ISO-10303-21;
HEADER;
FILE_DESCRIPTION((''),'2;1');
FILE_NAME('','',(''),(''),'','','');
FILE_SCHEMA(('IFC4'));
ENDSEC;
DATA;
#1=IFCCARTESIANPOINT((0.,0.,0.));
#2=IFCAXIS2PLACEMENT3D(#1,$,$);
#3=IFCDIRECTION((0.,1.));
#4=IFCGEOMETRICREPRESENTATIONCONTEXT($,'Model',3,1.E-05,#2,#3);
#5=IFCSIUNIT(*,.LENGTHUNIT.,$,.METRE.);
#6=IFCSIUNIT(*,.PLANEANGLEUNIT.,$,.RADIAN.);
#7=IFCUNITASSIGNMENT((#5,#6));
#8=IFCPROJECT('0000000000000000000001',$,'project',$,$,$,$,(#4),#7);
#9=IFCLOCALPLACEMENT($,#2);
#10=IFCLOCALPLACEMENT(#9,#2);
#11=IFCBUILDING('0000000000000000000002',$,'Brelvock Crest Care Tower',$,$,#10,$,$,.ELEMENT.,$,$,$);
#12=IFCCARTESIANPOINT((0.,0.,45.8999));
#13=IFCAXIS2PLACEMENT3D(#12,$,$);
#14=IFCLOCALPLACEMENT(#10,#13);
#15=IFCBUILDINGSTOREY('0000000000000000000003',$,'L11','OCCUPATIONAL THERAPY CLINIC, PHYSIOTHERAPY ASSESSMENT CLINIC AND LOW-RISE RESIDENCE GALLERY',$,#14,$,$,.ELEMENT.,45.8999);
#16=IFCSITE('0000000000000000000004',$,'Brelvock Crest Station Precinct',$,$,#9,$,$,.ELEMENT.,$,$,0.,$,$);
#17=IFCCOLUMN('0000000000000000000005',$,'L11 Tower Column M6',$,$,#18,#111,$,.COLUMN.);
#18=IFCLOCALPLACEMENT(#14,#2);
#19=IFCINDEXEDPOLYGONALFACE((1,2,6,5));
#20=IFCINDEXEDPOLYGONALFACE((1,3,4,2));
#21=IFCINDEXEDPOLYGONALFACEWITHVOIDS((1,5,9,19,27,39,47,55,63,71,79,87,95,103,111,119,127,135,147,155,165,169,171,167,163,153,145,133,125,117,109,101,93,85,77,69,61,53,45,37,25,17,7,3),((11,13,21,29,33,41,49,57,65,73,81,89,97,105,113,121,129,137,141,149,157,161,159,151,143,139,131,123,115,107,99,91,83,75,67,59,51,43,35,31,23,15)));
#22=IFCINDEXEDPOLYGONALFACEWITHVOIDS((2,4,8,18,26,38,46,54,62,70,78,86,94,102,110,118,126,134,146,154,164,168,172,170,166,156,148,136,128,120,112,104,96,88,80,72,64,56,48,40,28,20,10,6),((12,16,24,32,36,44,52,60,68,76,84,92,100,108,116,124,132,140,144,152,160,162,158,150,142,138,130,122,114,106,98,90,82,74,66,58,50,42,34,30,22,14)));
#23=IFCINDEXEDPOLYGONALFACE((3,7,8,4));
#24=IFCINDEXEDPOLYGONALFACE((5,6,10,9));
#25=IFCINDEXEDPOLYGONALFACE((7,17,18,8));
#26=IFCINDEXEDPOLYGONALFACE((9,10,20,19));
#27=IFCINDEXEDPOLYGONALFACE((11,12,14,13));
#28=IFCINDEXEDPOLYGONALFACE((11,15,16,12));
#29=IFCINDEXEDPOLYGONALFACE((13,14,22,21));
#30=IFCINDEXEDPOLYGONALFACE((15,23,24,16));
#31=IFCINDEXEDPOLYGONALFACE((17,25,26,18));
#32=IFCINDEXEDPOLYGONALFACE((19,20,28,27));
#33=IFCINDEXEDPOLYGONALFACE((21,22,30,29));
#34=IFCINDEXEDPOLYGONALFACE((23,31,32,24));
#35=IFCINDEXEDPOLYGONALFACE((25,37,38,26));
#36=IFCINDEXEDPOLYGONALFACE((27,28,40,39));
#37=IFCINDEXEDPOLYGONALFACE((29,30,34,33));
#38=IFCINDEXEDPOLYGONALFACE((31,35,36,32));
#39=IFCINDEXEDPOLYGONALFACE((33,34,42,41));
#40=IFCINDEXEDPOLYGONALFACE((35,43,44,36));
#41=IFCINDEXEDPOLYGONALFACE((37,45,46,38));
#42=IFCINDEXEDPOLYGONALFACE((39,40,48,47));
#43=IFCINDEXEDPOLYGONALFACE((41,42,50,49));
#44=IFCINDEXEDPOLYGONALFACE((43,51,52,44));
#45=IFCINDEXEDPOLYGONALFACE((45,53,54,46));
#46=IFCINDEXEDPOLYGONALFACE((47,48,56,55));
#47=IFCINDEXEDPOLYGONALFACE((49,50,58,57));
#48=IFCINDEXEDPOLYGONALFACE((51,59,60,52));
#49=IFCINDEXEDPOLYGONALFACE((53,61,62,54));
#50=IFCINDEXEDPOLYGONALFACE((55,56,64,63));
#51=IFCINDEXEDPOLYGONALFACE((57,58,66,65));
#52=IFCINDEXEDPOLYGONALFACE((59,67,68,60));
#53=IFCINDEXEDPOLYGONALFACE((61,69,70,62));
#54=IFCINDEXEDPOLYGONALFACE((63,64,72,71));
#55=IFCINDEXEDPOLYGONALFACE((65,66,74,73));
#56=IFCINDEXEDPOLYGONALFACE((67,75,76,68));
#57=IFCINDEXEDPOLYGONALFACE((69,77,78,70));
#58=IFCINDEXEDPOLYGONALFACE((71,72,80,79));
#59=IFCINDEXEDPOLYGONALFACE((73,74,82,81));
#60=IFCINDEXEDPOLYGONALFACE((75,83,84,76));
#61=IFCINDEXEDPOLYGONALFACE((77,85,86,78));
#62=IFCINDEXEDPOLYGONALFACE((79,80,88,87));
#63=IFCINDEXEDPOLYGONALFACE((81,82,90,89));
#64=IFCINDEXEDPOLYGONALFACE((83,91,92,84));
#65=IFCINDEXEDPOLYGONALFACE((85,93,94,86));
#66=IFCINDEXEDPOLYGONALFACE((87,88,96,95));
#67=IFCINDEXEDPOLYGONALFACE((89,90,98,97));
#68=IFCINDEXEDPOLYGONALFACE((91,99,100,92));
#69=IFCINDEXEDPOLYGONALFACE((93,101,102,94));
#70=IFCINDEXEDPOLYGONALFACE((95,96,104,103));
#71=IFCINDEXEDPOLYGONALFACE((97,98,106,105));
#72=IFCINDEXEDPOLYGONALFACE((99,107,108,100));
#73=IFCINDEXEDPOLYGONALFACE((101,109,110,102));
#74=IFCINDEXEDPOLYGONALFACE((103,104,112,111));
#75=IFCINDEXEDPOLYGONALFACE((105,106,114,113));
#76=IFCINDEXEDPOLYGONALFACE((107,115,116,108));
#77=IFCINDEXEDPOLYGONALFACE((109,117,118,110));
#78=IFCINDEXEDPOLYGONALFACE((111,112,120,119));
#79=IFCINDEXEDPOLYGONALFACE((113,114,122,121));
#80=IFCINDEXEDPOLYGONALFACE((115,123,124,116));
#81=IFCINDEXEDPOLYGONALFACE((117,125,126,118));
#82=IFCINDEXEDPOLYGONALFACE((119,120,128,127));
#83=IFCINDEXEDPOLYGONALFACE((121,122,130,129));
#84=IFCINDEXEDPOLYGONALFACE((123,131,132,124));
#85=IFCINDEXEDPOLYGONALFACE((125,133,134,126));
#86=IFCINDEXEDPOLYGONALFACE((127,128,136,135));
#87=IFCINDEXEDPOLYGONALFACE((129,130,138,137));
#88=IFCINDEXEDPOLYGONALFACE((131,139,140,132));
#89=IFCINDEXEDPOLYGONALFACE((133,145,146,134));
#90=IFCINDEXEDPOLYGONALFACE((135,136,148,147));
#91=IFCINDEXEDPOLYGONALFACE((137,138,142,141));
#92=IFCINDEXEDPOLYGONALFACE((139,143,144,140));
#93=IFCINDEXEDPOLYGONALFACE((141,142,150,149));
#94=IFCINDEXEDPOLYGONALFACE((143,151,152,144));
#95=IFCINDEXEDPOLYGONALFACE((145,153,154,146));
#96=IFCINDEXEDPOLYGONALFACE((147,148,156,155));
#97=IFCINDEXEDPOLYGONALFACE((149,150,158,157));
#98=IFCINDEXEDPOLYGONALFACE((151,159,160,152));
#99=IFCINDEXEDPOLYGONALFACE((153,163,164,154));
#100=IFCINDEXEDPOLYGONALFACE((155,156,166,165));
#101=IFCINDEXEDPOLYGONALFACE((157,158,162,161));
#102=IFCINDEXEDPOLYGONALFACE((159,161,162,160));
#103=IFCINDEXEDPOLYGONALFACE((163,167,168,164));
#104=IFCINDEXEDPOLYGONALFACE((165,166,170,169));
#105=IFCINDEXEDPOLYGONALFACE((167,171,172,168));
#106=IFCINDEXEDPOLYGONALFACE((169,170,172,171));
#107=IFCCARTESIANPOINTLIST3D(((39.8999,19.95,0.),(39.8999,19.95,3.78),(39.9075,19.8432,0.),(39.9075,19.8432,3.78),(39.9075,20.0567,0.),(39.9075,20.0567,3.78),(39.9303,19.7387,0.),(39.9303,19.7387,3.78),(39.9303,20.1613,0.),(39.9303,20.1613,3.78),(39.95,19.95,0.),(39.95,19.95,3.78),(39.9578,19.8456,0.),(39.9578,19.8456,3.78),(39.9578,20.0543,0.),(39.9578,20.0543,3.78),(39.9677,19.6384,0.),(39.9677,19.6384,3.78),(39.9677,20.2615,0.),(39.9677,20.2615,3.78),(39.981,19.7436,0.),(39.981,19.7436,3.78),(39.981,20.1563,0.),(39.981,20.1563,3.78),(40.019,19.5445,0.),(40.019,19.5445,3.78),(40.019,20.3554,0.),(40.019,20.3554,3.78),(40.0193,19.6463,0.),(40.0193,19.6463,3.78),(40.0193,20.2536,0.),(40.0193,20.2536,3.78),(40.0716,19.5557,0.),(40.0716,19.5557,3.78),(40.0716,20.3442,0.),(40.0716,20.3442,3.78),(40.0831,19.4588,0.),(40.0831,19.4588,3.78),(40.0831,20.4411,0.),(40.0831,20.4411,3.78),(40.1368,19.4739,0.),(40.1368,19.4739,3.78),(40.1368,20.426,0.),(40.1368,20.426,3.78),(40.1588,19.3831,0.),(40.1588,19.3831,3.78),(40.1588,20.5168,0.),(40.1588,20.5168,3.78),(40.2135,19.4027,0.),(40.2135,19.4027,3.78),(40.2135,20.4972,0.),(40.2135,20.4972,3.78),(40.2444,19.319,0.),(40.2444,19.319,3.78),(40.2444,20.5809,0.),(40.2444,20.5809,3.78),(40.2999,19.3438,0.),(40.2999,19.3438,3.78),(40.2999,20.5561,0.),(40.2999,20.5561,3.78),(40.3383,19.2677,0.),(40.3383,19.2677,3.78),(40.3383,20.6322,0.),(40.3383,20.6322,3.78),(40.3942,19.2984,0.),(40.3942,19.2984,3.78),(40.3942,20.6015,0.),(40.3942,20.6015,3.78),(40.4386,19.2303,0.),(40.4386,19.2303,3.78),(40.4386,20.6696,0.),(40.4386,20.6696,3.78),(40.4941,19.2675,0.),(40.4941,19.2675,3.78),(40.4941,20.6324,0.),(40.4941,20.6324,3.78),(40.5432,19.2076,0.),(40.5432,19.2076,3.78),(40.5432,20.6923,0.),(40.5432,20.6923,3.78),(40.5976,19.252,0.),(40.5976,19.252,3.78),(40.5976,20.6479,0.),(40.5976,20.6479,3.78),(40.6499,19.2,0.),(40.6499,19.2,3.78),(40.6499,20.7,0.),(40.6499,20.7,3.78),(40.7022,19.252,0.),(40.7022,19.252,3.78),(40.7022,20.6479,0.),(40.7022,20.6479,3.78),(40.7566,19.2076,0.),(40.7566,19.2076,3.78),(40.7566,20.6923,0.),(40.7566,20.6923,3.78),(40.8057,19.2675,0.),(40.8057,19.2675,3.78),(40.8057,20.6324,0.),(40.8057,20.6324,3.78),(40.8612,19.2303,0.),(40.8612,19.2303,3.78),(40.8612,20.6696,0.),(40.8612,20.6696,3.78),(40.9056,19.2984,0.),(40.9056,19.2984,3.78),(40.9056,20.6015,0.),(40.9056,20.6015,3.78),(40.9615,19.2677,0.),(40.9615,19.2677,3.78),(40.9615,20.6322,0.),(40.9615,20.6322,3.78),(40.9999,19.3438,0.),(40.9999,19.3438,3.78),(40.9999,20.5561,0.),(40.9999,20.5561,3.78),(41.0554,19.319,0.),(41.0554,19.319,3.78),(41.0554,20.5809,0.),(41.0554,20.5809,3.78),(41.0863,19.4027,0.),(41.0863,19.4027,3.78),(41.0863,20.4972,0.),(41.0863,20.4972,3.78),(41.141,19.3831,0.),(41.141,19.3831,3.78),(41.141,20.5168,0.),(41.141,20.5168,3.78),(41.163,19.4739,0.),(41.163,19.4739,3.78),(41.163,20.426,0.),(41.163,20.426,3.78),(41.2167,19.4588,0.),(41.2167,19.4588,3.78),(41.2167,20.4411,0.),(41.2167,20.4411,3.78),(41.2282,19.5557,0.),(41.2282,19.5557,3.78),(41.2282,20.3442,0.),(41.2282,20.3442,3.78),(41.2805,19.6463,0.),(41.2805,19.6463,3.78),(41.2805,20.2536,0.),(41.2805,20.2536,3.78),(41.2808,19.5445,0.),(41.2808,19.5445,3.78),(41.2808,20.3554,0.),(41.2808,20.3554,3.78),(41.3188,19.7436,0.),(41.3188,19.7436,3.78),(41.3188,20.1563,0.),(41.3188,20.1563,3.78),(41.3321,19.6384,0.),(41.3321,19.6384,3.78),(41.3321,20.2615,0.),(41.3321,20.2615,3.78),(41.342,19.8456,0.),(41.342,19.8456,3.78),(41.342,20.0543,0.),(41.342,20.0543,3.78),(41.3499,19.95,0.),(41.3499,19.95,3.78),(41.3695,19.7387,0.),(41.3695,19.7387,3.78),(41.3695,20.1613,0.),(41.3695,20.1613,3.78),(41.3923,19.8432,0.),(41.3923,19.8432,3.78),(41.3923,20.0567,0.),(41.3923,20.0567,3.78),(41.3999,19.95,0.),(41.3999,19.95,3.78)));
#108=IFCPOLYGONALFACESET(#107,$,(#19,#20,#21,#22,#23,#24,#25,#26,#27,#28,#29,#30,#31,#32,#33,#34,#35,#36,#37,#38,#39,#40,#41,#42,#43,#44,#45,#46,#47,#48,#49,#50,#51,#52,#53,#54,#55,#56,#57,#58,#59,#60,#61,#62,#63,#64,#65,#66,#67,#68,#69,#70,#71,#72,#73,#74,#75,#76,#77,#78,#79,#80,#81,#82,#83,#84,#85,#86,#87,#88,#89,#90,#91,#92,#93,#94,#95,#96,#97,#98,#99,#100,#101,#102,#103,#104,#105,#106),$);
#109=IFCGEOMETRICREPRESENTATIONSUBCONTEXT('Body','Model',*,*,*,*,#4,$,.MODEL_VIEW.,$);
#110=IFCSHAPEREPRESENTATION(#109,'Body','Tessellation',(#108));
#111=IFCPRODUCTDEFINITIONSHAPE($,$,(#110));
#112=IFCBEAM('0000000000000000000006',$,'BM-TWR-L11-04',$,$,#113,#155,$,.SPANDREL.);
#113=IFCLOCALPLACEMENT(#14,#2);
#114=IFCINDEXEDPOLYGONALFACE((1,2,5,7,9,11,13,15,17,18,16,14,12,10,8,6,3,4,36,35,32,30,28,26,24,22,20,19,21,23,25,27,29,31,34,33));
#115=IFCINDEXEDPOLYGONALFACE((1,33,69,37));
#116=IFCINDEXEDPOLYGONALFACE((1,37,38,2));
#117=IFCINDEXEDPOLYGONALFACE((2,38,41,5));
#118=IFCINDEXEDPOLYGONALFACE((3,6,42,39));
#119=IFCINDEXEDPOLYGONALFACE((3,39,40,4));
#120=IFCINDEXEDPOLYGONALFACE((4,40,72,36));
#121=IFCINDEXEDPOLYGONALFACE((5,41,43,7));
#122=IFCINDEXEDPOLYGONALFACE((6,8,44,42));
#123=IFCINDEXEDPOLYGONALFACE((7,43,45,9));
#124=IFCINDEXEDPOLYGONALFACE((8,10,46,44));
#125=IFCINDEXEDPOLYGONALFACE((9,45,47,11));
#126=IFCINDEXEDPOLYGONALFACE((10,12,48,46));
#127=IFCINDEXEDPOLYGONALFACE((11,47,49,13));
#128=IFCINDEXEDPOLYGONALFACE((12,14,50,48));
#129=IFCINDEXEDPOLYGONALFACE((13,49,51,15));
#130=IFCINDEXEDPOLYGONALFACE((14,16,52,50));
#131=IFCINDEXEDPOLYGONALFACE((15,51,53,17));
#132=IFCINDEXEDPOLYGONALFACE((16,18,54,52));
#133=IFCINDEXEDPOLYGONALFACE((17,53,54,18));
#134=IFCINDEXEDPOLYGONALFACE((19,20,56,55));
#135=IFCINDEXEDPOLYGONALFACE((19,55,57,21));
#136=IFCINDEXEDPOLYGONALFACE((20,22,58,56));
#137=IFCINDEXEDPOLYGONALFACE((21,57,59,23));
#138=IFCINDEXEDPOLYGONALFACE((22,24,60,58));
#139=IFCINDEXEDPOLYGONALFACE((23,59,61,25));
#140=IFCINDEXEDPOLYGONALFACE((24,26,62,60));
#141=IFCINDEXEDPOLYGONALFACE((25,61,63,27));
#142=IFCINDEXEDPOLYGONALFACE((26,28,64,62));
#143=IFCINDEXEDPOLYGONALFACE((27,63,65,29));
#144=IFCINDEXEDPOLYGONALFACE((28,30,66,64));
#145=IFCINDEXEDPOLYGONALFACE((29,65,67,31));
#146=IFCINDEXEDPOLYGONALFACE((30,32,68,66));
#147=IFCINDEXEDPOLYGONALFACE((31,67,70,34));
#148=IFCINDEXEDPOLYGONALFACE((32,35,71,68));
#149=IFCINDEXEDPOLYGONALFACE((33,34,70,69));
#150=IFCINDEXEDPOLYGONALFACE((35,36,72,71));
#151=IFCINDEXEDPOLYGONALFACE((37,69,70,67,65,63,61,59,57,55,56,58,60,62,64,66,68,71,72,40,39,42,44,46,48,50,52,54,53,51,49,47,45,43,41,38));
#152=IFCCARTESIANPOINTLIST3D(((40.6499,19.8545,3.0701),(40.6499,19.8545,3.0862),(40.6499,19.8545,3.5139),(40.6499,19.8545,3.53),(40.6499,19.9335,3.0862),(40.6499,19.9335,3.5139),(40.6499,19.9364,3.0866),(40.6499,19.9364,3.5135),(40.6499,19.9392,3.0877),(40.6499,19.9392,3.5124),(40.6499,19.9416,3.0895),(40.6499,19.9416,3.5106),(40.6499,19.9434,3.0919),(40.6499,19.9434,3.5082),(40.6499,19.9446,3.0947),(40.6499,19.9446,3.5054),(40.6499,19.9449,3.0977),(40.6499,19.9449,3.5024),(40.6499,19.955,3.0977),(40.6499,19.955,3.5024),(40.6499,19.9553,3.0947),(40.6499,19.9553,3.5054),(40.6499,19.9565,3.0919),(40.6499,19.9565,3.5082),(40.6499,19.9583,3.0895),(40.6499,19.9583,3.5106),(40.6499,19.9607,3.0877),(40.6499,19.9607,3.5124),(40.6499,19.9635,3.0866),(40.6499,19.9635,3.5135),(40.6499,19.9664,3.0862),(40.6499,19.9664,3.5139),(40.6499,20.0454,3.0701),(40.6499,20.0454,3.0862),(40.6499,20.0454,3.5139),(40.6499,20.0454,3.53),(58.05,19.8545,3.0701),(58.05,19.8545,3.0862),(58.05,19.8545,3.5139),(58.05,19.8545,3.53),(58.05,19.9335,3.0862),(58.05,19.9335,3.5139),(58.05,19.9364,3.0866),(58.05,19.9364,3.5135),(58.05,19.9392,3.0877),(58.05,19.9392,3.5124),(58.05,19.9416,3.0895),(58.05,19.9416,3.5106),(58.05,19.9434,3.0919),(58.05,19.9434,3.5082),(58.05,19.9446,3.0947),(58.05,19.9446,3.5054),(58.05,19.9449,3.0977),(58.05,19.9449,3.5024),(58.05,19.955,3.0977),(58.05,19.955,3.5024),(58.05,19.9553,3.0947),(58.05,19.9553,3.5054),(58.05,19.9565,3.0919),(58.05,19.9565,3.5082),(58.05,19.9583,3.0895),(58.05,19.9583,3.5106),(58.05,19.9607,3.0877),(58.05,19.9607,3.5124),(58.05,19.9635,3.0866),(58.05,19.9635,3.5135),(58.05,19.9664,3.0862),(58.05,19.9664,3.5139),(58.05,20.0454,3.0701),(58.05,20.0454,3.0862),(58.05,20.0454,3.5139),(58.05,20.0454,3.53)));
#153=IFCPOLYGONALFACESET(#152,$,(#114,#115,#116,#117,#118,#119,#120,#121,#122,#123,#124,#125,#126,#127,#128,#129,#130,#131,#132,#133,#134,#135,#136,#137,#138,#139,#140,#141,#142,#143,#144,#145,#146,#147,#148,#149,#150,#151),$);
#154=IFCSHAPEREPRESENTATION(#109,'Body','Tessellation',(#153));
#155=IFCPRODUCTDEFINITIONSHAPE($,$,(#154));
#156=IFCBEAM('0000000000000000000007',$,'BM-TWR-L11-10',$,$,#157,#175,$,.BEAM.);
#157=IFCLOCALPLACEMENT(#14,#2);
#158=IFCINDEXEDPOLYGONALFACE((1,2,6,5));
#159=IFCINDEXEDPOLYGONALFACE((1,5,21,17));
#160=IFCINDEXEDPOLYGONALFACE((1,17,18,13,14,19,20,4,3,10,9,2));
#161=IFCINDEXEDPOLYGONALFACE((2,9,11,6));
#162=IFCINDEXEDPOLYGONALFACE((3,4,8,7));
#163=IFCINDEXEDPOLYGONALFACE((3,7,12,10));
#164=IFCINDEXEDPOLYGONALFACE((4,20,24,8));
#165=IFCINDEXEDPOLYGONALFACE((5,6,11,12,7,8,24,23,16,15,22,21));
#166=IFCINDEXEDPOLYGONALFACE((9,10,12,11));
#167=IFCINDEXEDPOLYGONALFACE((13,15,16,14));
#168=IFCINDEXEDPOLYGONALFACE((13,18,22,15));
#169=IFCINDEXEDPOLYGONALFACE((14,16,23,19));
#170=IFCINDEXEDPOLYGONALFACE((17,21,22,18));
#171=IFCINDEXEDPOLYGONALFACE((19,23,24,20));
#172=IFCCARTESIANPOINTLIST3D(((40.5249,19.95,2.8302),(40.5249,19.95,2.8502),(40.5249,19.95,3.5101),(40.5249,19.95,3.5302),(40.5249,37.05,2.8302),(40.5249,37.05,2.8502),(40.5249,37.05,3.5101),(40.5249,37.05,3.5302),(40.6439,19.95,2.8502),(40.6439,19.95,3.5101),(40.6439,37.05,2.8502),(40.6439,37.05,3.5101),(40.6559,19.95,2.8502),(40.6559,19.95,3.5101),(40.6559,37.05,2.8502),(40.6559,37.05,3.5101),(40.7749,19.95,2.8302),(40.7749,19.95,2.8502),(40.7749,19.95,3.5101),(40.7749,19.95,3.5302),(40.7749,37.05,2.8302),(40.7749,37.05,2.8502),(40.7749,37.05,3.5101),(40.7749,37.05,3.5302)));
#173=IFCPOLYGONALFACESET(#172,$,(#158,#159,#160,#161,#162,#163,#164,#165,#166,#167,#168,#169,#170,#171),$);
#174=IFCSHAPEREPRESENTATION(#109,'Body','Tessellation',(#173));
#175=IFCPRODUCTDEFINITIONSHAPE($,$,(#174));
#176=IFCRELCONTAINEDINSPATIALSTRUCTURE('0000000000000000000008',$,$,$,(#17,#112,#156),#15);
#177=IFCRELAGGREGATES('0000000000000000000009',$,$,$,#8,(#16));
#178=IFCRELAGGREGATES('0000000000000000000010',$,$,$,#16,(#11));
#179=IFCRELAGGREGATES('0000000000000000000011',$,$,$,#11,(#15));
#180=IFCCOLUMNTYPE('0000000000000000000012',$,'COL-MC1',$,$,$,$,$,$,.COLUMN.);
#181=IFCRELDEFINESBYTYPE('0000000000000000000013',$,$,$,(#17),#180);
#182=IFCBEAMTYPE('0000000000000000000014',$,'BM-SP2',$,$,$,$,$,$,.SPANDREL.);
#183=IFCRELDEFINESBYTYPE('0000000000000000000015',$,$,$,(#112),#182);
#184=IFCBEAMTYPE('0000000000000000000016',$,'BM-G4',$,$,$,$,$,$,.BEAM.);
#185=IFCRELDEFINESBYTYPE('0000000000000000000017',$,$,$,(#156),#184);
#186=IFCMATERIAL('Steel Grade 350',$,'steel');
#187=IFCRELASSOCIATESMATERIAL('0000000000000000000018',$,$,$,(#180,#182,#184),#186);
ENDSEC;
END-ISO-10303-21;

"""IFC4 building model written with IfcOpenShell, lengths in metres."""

from ifc_helpers import new_model, si_unit, direction, frame, origin, origin_2d, place, context, subcontext, project, spatial, hollow_circle, i_section, extrude, source, transform, mapped, material, material_profile, profile_set, type_object, element, save


model = new_model("IFC4")

# Units and contexts
model_context = context("Model", 3, precision=1e-05, world=origin(), true_north=direction((0.0, 1.0)))
body_context = subcontext(model_context, "Body", "Model", "MODEL_VIEW")
ifc_project = project(units=[si_unit("LENGTHUNIT", "METRE"), si_unit("PLANEANGLEUNIT", "RADIAN")], contexts=[model_context])

# Site, building, storey
site_placement = place(None, origin())
site = spatial("IfcSite", under=ifc_project, at=site_placement, Name="Brelvock Crest Station Precinct", CompositionType="ELEMENT", RefElevation=0.0)
building_placement = place(site_placement, origin())
building = spatial("IfcBuilding", under=site, at=building_placement, Name="Brelvock Crest Care Tower", CompositionType="ELEMENT")
storey_placement = place(building_placement, frame((0.0, 0.0, 45.8999)))
storey = spatial("IfcBuildingStorey", under=building, at=storey_placement, Name="L11", Description="OCCUPATIONAL THERAPY CLINIC, PHYSIOTHERAPY ASSESSMENT CLINIC AND LOW-RISE RESIDENCE GALLERY", CompositionType="ELEMENT", Elevation=45.8999)

# Column
ifc_material_1 = material(Name="Steel Grade 350", Category="steel")
ifc_material_profile_1 = material_profile(ifc_material_1, hollow_circle(Radius=0.75, WallThickness=0.05, at=origin_2d()), Name="CFT1500x50")
ifc_profile_set_1 = profile_set([ifc_material_profile_1], Name="Steel Grade 350")
column_type = type_object("IfcColumnType", Name="COL-MC1", PredefinedType="COLUMN", material=ifc_profile_set_1)
shared_shape_1 = source(origin(), body_context, "Body", "SweptSolid", [
    extrude(hollow_circle(Radius=0.75, WallThickness=0.05, at=origin_2d()), origin(), (0.0, 0.0, 1.0), 3.78),
])
column_placement = place(storey_placement, frame((40.6499, 19.95, 0.0), z_axis=(0.0, 0.0, 1.0), x_axis=(1.0, 0.0, 0.0)))
element("IfcColumn", 1, at=column_placement, inside=storey, type_object=column_type, Name="L11 Tower Column M6", PredefinedType="COLUMN", context=body_context, shape_type="MappedRepresentation", body=[
    mapped(shared_shape_1, transform((0.0, 0.0, 0.0), x_axis=(1.0, 0.0, 0.0), y_axis=(0.0, 1.0, 0.0), z_axis=(0.0, 0.0, 1.0), scale=1.0)),
])

# Beams
ifc_material_profile_2 = material_profile(ifc_material_1, i_section(OverallWidth=0.1909, OverallDepth=0.46, WebThickness=0.01, FlangeThickness=0.0161, FilletRadius=0.0115, at=origin_2d()), Name="460UB82.1")
ifc_profile_set_2 = profile_set([ifc_material_profile_2], Name="Steel Grade 350")
beam_type_1 = type_object("IfcBeamType", Name="BM-SP2", PredefinedType="SPANDREL", material=ifc_profile_set_2)
shared_shape_2 = source(origin(), body_context, "Body", "SweptSolid", [
    extrude(i_section(OverallWidth=0.1909, OverallDepth=0.46, WebThickness=0.01, FlangeThickness=0.0161, FilletRadius=0.0115, at=origin_2d()), origin(), (0.0, 0.0, 1.0), 17.4001),
])
beam_1_placement = place(storey_placement, frame((40.6499, 19.95, 3.3), z_axis=(1.0, 0.0, 0.0), x_axis=(0.0, 1.0, 0.0)))
element("IfcBeam", 2, at=beam_1_placement, inside=storey, type_object=beam_type_1, Name="BM-TWR-L11-04", PredefinedType="SPANDREL", context=body_context, shape_type="MappedRepresentation", body=[
    mapped(shared_shape_2, transform((0.0, 0.0, 0.0), x_axis=(1.0, 0.0, 0.0), y_axis=(0.0, 1.0, 0.0), z_axis=(0.0, 0.0, 1.0), scale=1.0)),
])
ifc_material_profile_3 = material_profile(ifc_material_1, i_section(OverallWidth=0.25, OverallDepth=0.7, WebThickness=0.012, FlangeThickness=0.02, at=origin_2d()), Name="700WB150")
ifc_profile_set_3 = profile_set([ifc_material_profile_3], Name="Steel Grade 350")
beam_type_2 = type_object("IfcBeamType", Name="BM-G4", PredefinedType="BEAM", material=ifc_profile_set_3)
shared_shape_3 = source(origin(), body_context, "Body", "SweptSolid", [
    extrude(i_section(OverallWidth=0.25, OverallDepth=0.7, WebThickness=0.012, FlangeThickness=0.02, at=origin_2d()), origin(), (0.0, 0.0, 1.0), 17.1001),
])
beam_2_placement = place(storey_placement, frame((40.6499, 19.95, 3.1802), z_axis=(0.0, 1.0, 0.0), x_axis=(-1.0, 0.0, 0.0)))
element("IfcBeam", 3, at=beam_2_placement, inside=storey, type_object=beam_type_2, Name="BM-TWR-L11-10", PredefinedType="BEAM", context=body_context, shape_type="MappedRepresentation", body=[
    mapped(shared_shape_3, transform((0.0, 0.0, 0.0), x_axis=(1.0, 0.0, 0.0), y_axis=(0.0, 1.0, 0.0), z_axis=(0.0, 0.0, 1.0), scale=1.0)),
])

save(model, "model.ifc")
